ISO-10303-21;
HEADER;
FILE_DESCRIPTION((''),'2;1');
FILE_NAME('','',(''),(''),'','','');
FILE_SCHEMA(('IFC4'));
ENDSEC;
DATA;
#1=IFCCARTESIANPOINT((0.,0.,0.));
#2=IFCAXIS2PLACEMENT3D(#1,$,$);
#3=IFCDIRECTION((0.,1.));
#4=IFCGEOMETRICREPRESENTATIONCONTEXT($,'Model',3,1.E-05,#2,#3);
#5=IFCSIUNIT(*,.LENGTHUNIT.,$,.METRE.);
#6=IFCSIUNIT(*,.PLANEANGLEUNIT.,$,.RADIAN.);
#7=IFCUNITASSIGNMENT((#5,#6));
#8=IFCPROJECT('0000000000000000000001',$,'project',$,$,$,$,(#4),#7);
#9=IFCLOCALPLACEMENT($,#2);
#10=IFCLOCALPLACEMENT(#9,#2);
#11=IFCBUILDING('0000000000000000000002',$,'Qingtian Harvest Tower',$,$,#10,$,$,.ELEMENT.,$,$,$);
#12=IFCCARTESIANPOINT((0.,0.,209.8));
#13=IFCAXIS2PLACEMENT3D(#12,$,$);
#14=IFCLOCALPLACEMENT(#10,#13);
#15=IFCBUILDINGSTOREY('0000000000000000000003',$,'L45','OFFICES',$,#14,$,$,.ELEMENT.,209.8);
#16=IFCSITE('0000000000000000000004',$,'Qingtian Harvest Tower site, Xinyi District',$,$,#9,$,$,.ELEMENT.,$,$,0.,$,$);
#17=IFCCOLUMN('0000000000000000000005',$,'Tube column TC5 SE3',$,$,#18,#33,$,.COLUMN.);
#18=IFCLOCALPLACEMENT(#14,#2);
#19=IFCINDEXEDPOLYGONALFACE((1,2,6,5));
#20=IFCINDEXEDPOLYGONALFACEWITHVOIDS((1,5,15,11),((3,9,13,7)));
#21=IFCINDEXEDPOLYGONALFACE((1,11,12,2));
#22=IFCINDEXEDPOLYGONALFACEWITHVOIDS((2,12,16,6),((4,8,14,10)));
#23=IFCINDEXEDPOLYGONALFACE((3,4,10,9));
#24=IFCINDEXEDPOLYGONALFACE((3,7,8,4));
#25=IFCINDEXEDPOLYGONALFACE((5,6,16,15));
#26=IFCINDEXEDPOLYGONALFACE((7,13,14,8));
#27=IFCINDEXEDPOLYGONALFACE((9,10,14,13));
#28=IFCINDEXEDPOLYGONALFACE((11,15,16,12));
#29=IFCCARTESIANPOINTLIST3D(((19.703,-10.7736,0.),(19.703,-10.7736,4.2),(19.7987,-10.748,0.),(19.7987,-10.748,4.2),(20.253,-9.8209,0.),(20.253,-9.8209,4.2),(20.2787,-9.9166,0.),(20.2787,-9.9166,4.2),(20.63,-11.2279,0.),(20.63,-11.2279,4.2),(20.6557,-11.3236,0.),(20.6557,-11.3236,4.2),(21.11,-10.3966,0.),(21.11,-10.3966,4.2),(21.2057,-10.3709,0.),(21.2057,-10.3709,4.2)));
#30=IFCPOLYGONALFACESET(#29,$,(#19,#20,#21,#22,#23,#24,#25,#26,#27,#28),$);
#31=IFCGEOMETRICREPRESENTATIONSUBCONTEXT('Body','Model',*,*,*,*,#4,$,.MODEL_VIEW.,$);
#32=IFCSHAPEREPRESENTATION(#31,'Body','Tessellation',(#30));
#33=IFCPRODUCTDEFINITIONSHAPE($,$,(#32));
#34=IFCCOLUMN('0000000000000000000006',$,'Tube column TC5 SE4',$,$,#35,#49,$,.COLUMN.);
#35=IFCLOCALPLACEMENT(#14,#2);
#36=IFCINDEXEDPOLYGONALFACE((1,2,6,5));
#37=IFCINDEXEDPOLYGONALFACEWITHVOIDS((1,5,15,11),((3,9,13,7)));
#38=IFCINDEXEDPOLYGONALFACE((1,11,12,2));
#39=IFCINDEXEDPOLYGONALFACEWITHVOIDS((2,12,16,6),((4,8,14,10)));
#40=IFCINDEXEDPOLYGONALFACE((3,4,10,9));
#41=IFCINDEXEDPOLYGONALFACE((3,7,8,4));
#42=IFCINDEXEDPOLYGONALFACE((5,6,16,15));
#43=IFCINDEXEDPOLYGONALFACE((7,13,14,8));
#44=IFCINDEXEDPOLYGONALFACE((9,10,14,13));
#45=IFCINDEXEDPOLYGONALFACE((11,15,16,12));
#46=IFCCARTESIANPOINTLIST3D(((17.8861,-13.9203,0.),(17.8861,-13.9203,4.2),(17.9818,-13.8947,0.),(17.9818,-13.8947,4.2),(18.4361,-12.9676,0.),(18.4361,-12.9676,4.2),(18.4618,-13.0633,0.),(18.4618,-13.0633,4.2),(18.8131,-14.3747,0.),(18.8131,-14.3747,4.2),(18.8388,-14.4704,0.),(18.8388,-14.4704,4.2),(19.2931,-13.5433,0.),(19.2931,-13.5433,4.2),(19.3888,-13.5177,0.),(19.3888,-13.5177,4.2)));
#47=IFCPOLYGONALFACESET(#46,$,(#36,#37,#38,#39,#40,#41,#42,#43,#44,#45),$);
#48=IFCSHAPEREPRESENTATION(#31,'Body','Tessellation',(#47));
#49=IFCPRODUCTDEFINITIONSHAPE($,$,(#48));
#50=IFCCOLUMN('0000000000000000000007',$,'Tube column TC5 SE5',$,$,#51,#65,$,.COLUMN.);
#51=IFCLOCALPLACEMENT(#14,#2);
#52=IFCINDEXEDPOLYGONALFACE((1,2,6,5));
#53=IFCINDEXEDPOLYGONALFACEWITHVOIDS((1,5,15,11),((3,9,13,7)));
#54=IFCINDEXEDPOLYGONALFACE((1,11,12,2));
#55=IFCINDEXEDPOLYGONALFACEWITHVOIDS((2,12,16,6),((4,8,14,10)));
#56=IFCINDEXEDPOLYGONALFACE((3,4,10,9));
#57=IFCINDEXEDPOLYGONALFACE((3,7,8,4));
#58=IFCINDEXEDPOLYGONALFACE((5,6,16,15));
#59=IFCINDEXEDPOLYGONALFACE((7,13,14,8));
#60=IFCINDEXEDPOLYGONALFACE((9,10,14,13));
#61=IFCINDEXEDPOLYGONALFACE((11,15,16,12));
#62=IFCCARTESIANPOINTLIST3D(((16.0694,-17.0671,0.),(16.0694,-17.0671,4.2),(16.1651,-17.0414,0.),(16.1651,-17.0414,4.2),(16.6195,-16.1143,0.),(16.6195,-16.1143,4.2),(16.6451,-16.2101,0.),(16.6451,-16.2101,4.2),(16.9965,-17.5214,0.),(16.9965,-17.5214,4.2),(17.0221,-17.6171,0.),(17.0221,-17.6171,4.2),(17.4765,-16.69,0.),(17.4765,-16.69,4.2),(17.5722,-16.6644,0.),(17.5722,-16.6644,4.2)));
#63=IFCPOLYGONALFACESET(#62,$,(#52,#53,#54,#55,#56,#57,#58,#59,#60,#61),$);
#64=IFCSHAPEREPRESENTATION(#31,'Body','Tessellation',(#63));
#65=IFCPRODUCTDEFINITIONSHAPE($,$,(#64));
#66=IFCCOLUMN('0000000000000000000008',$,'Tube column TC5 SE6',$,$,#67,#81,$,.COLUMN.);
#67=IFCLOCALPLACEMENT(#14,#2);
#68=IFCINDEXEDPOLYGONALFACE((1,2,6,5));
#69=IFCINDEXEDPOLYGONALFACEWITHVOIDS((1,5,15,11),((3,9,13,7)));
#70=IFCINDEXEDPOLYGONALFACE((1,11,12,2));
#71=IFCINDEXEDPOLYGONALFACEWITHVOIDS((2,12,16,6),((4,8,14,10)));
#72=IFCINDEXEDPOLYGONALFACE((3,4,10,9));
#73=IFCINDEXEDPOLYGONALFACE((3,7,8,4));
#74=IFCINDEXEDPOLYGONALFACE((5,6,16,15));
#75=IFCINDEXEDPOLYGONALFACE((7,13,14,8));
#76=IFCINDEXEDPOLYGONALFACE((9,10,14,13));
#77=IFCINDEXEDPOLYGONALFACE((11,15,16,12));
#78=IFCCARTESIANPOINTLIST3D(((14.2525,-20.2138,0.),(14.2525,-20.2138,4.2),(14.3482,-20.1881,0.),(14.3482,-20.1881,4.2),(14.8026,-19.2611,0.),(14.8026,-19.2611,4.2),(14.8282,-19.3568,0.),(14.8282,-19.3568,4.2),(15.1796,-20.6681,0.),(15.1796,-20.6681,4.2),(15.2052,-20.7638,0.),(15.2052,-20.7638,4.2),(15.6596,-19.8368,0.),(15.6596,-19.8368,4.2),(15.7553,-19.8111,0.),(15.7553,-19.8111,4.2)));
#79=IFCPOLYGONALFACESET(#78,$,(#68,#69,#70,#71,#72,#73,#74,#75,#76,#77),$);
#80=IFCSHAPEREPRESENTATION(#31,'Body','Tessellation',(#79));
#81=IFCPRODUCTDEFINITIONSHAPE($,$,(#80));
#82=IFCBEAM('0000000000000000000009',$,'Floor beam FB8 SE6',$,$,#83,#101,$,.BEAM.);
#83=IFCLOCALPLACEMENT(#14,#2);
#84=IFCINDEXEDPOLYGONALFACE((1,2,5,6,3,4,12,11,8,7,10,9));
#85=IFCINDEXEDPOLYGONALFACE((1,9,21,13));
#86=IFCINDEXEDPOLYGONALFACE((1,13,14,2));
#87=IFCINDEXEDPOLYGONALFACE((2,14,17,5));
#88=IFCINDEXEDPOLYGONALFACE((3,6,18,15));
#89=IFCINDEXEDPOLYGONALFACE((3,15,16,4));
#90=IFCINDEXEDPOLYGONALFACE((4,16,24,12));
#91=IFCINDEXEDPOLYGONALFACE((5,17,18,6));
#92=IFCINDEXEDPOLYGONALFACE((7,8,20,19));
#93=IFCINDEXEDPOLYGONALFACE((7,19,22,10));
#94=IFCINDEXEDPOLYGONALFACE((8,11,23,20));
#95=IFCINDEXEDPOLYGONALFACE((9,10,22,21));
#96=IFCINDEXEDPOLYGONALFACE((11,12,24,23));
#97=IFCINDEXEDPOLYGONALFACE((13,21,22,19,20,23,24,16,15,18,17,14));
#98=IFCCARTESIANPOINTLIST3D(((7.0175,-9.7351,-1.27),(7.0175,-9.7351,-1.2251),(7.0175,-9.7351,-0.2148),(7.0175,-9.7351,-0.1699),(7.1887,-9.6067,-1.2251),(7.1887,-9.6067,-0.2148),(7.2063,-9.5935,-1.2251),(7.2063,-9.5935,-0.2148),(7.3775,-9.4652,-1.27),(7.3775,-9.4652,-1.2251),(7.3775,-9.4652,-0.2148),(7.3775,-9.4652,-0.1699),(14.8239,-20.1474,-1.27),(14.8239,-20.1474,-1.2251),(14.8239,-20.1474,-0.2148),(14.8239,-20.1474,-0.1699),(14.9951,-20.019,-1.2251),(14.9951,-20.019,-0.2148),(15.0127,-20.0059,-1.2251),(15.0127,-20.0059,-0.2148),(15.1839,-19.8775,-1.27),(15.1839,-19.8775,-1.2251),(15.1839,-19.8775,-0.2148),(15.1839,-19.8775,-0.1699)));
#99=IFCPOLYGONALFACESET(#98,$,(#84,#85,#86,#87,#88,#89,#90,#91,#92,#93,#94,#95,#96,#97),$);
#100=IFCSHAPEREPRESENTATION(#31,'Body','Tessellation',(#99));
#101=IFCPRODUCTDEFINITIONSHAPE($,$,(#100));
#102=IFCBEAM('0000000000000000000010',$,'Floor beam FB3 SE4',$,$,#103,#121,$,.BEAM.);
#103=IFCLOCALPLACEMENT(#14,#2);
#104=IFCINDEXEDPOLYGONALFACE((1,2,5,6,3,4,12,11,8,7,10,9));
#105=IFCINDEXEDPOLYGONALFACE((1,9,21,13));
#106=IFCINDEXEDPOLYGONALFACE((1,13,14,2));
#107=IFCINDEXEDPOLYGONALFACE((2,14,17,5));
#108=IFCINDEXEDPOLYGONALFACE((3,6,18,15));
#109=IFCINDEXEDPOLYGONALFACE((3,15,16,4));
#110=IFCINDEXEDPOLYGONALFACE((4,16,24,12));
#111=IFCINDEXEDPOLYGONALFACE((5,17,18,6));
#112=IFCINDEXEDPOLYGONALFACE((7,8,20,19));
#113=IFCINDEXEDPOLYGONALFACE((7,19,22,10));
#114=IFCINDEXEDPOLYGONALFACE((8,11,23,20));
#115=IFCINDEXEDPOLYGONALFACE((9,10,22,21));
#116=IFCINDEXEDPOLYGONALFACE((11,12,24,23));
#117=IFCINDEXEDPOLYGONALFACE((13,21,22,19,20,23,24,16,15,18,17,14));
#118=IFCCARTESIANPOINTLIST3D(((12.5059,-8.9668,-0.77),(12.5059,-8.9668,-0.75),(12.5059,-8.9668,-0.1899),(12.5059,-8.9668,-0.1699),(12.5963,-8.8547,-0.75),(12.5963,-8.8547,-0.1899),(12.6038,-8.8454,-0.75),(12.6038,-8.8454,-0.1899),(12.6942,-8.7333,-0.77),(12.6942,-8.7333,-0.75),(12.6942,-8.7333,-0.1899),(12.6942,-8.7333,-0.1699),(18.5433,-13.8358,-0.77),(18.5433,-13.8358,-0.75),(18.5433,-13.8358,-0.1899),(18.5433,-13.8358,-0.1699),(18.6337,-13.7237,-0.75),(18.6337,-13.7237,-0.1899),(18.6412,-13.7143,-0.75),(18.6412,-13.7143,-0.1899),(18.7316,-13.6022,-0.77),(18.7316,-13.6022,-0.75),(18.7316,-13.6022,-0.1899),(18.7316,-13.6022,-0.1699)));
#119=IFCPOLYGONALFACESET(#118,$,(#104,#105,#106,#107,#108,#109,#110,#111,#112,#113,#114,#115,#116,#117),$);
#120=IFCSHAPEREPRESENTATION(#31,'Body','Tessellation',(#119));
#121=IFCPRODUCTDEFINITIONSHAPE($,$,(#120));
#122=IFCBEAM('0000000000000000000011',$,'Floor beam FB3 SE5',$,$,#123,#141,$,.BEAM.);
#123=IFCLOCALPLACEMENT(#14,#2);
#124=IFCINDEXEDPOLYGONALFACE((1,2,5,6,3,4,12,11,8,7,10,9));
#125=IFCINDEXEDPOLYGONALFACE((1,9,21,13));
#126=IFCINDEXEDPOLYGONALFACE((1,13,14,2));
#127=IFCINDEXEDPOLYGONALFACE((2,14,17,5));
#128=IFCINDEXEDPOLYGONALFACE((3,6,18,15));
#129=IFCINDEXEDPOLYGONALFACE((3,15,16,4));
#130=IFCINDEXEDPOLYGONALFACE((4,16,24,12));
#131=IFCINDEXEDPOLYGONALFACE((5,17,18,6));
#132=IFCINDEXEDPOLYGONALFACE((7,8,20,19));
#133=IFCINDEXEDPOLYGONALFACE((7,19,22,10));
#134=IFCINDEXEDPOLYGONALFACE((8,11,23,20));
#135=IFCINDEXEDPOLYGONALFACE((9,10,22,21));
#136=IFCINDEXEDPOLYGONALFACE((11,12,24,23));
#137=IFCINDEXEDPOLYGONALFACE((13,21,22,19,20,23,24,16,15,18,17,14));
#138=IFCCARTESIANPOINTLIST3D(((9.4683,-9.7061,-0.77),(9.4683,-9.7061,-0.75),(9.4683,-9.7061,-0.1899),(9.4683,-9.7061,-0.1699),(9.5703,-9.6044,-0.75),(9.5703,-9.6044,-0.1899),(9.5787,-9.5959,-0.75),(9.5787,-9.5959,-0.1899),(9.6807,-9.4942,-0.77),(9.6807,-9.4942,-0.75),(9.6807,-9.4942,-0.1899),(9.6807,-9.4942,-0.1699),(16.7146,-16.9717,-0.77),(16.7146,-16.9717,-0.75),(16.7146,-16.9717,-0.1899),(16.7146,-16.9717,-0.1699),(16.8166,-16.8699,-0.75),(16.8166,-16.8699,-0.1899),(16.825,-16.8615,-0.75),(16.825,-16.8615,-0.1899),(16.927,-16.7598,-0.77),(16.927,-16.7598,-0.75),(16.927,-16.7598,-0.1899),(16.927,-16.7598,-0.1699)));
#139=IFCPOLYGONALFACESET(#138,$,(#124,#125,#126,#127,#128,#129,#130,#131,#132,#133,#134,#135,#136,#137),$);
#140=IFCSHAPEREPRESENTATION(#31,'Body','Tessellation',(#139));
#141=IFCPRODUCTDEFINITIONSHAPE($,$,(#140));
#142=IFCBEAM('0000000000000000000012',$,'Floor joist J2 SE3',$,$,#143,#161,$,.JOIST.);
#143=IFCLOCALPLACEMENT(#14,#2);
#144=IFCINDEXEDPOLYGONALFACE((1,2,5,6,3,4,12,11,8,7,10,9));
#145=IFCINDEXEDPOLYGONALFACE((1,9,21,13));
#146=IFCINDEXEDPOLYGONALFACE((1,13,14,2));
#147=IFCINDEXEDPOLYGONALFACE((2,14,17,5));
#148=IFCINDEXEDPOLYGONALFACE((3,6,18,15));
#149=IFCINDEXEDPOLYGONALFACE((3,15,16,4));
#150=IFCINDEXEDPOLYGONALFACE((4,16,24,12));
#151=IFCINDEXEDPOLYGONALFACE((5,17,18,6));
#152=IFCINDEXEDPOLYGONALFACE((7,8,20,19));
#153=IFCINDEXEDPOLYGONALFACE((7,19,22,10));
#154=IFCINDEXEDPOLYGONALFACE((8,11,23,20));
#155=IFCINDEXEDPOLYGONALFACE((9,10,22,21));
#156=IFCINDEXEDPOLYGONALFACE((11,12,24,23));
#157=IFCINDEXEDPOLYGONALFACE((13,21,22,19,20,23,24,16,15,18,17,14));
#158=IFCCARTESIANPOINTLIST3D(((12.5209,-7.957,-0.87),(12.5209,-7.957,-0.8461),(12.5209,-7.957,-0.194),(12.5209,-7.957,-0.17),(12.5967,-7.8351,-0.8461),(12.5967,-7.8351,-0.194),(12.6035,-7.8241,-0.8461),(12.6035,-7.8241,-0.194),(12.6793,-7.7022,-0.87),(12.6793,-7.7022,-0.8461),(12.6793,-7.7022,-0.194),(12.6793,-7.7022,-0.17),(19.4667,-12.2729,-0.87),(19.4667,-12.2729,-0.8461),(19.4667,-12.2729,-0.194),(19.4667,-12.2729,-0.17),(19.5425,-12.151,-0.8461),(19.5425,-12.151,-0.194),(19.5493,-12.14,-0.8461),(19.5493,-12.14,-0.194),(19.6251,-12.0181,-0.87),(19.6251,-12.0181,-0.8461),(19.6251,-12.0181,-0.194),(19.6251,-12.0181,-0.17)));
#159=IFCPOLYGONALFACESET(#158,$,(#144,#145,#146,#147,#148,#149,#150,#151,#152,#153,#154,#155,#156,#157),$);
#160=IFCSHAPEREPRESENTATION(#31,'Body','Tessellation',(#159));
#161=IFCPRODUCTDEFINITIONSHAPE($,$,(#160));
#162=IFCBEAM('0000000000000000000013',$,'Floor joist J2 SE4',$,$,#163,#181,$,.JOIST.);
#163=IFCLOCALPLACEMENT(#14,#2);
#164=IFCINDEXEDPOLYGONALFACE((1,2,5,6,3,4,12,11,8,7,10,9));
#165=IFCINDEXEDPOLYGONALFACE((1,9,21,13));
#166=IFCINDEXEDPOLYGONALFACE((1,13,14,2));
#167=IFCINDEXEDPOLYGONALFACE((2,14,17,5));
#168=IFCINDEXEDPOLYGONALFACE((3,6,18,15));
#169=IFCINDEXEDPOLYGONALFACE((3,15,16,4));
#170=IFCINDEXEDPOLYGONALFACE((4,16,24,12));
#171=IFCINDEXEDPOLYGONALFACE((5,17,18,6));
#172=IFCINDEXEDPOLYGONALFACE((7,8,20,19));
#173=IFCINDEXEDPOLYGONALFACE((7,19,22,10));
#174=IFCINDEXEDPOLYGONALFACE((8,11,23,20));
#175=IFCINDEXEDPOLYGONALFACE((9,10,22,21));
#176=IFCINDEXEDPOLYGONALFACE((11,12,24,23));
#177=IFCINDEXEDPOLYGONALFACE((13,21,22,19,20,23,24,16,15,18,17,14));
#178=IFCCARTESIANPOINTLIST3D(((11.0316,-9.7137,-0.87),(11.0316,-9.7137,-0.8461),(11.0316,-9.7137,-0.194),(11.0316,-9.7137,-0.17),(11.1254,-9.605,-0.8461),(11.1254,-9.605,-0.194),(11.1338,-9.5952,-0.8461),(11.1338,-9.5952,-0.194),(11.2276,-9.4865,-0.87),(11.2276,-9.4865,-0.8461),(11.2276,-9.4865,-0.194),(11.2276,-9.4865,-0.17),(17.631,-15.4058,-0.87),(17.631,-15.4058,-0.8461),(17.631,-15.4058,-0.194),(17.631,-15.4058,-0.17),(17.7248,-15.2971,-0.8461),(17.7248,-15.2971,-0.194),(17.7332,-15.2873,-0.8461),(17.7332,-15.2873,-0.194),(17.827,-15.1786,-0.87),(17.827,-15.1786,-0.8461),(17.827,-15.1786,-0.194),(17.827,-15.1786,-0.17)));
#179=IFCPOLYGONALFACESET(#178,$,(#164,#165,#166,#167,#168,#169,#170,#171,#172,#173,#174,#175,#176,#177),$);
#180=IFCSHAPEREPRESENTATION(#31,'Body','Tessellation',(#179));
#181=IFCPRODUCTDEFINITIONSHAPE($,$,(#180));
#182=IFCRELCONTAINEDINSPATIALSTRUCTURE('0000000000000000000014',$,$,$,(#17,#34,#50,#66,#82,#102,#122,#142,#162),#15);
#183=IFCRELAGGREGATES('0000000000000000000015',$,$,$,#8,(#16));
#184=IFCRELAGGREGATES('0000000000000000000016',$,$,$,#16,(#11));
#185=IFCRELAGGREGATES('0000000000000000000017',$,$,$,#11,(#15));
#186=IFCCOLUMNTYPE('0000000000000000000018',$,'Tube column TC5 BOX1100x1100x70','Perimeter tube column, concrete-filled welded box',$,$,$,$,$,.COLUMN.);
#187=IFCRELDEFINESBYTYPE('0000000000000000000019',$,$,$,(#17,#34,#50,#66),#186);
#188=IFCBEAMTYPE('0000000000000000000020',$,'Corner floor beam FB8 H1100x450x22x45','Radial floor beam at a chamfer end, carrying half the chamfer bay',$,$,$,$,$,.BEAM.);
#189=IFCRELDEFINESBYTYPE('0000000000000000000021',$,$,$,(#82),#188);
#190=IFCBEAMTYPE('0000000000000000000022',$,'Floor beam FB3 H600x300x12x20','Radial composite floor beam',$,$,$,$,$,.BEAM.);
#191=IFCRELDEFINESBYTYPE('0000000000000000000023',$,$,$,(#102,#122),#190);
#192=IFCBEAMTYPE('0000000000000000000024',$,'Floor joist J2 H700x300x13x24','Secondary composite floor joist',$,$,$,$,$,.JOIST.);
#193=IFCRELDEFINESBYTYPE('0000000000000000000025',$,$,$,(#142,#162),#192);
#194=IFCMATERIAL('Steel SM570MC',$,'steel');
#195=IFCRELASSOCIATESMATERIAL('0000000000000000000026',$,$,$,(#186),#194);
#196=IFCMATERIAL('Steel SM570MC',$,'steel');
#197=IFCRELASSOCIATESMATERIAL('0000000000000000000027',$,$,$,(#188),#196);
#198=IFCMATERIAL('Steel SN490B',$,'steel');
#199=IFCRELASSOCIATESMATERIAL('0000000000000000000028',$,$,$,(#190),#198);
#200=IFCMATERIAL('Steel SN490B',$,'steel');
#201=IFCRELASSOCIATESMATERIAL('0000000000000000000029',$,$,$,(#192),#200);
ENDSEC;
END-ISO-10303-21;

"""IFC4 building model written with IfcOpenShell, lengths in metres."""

from ifc_helpers import new_model, si_unit, direction, frame, origin, origin_2d, place, context, subcontext, project, spatial, hollow_rectangle, i_section, extrude, material, material_profile, profile_set, type_object, element, save


model = new_model("IFC4")

# Units and contexts
model_context = context("Model", 3, precision=1e-05, world=origin(), true_north=direction((0.0, 1.0)))
body_context = subcontext(model_context, "Body", "Model", "MODEL_VIEW")
ifc_project = project(units=[si_unit("LENGTHUNIT", "METRE"), si_unit("PLANEANGLEUNIT", "RADIAN")], contexts=[model_context])

# Site, building, storey
site_placement = place(None, origin())
site = spatial("IfcSite", under=ifc_project, at=site_placement, Name="Qingtian Harvest Tower site, Xinyi District", CompositionType="ELEMENT", RefElevation=0.0)
building_placement = place(site_placement, origin())
building = spatial("IfcBuilding", under=site, at=building_placement, Name="Qingtian Harvest Tower", CompositionType="ELEMENT")
storey_placement = place(building_placement, frame((0.0, 0.0, 209.8)))
storey = spatial("IfcBuildingStorey", under=building, at=storey_placement, Name="L45", Description="OFFICES", CompositionType="ELEMENT", Elevation=209.8)

# Columns
ifc_material_1 = material(Name="Steel SM570MC", Category="steel")
ifc_material_profile_1 = material_profile(ifc_material_1, hollow_rectangle(XDim=1.1001, YDim=1.1001, WallThickness=0.0701, at=origin_2d()), Name="BOX1100x1100x70")
ifc_profile_set_1 = profile_set([ifc_material_profile_1], Name="Steel SM570MC")
column_type = type_object("IfcColumnType", Name="Tube column TC5 BOX1100x1100x70", Description="Perimeter tube column, concrete-filled welded box", PredefinedType="COLUMN", material=ifc_profile_set_1)
for number, where, z_axis, x_axis, name in (
    (1, (20.4543, -10.5723, 0.0), (0.0, 0.0, 1.0), (0.5, 0.866025, 0.0), "Tube column TC5 SE3"),
    (2, (18.6375, -13.719, 0.0), (0.0, 0.0, 1.0), (0.5, 0.866025, 0.0), "Tube column TC5 SE4"),
    (3, (16.8208, -16.8657, 0.0), (0.0, 0.0, 1.0), (0.5, 0.866025, 0.0), "Tube column TC5 SE5"),
    (4, (15.0039, -20.0125, 0.0), (0.0, 0.0, 1.0), (0.5, 0.866025, 0.0), "Tube column TC5 SE6"),
):
    element("IfcColumn", number, at=place(storey_placement, frame(where, z_axis=z_axis, x_axis=x_axis)), inside=storey, type_object=column_type, Name=name, PredefinedType="COLUMN", context=body_context, shape_type="SweptSolid", body=[
        extrude(hollow_rectangle(XDim=1.1001, YDim=1.1001, WallThickness=0.0701, at=origin_2d()), origin(), (0.0, 0.0, 1.0), 4.2),
    ])

# Beams
ifc_material_2 = material(Name="Steel SM570MC", Category="steel")
ifc_material_profile_2 = material_profile(ifc_material_2, i_section(OverallWidth=0.45, OverallDepth=1.1001, WebThickness=0.022, FlangeThickness=0.0449, at=origin_2d()), Name="H1100x450x22x45")
ifc_profile_set_2 = profile_set([ifc_material_profile_2], Name="Steel SM570MC")
beam_type_1 = type_object("IfcBeamType", Name="Corner floor beam FB8 H1100x450x22x45", Description="Radial floor beam at a chamfer end, carrying half the chamfer bay", PredefinedType="BEAM", material=ifc_profile_set_2)
beam_1_placement = place(storey_placement, frame((15.0039, -20.0125, -0.72), z_axis=(-0.599859, 0.800106, 0.0), x_axis=(-0.800106, -0.599859, 0.0)))
element("IfcBeam", 5, at=beam_1_placement, inside=storey, type_object=beam_type_1, Name="Floor beam FB8 SE6", PredefinedType="BEAM", context=body_context, shape_type="SweptSolid", body=[
    extrude(i_section(OverallWidth=0.45, OverallDepth=1.1001, WebThickness=0.022, FlangeThickness=0.0449, at=origin_2d()), origin(), (0.0, 0.0, 1.0), 13.0137),
])
ifc_material_3 = material(Name="Steel SN490B", Category="steel")
ifc_material_profile_3 = material_profile(ifc_material_3, i_section(OverallWidth=0.3, OverallDepth=0.6001, WebThickness=0.012, FlangeThickness=0.02, at=origin_2d()), Name="H600x300x12x20")
ifc_profile_set_3 = profile_set([ifc_material_profile_3], Name="Steel SN490B")
beam_type_2 = type_object("IfcBeamType", Name="Floor beam FB3 H600x300x12x20", Description="Radial composite floor beam", PredefinedType="BEAM", material=ifc_profile_set_3)
beam_2_placement = place(storey_placement, frame((18.6375, -13.719, -0.47), z_axis=(-0.778409, 0.627757, 0.0), x_axis=(-0.627757, -0.778409, 0.0)))
element("IfcBeam", 6, at=beam_2_placement, inside=storey, type_object=beam_type_2, Name="Floor beam FB3 SE4", PredefinedType="BEAM", context=body_context, shape_type="SweptSolid", body=[
    extrude(i_section(OverallWidth=0.3, OverallDepth=0.6001, WebThickness=0.012, FlangeThickness=0.02, at=origin_2d()), origin(), (0.0, 0.0, 1.0), 7.7561),
])
beam_3_placement = place(storey_placement, frame((16.8208, -16.8657, -0.47), z_axis=(-0.706166, 0.708046, 0.0), x_axis=(-0.708046, -0.706166, 0.0)))
element("IfcBeam", 7, at=beam_3_placement, inside=storey, type_object=beam_type_2, Name="Floor beam FB3 SE5", PredefinedType="BEAM", context=body_context, shape_type="SweptSolid", body=[
    extrude(i_section(OverallWidth=0.3, OverallDepth=0.6001, WebThickness=0.012, FlangeThickness=0.02, at=origin_2d()), origin(), (0.0, 0.0, 1.0), 10.2615),
])
ifc_material_4 = material(Name="Steel SN490B", Category="steel")
ifc_material_profile_4 = material_profile(ifc_material_4, i_section(OverallWidth=0.3, OverallDepth=0.7, WebThickness=0.0129, FlangeThickness=0.0239, at=origin_2d()), Name="H700x300x13x24")
ifc_profile_set_4 = profile_set([ifc_material_profile_4], Name="Steel SN490B")
beam_type_3 = type_object("IfcBeamType", Name="Floor joist J2 H700x300x13x24", Description="Secondary composite floor joist", PredefinedType="JOIST", material=ifc_profile_set_4)
beam_4_placement = place(storey_placement, frame((19.5459, -12.1455, -0.52), z_axis=(-0.849381, 0.52778, 0.0), x_axis=(-0.52778, -0.849381, 0.0)))
element("IfcBeam", 8, at=beam_4_placement, inside=storey, type_object=beam_type_3, Name="Floor joist J2 SE3", PredefinedType="JOIST", context=body_context, shape_type="SweptSolid", body=[
    extrude(i_section(OverallWidth=0.3, OverallDepth=0.7, WebThickness=0.0129, FlangeThickness=0.0239, at=origin_2d()), origin(), (0.0, 0.0, 1.0), 8.1775),
])
beam_5_placement = place(storey_placement, frame((17.729, -15.2922, -0.52), z_axis=(-0.757238, 0.653139, 0.0), x_axis=(-0.653139, -0.757238, 0.0)))
element("IfcBeam", 9, at=beam_5_placement, inside=storey, type_object=beam_type_3, Name="Floor joist J2 SE4", PredefinedType="JOIST", context=body_context, shape_type="SweptSolid", body=[
    extrude(i_section(OverallWidth=0.3, OverallDepth=0.7, WebThickness=0.0129, FlangeThickness=0.0239, at=origin_2d()), origin(), (0.0, 0.0, 1.0), 8.7151),
])

save(model, "model.ifc")
